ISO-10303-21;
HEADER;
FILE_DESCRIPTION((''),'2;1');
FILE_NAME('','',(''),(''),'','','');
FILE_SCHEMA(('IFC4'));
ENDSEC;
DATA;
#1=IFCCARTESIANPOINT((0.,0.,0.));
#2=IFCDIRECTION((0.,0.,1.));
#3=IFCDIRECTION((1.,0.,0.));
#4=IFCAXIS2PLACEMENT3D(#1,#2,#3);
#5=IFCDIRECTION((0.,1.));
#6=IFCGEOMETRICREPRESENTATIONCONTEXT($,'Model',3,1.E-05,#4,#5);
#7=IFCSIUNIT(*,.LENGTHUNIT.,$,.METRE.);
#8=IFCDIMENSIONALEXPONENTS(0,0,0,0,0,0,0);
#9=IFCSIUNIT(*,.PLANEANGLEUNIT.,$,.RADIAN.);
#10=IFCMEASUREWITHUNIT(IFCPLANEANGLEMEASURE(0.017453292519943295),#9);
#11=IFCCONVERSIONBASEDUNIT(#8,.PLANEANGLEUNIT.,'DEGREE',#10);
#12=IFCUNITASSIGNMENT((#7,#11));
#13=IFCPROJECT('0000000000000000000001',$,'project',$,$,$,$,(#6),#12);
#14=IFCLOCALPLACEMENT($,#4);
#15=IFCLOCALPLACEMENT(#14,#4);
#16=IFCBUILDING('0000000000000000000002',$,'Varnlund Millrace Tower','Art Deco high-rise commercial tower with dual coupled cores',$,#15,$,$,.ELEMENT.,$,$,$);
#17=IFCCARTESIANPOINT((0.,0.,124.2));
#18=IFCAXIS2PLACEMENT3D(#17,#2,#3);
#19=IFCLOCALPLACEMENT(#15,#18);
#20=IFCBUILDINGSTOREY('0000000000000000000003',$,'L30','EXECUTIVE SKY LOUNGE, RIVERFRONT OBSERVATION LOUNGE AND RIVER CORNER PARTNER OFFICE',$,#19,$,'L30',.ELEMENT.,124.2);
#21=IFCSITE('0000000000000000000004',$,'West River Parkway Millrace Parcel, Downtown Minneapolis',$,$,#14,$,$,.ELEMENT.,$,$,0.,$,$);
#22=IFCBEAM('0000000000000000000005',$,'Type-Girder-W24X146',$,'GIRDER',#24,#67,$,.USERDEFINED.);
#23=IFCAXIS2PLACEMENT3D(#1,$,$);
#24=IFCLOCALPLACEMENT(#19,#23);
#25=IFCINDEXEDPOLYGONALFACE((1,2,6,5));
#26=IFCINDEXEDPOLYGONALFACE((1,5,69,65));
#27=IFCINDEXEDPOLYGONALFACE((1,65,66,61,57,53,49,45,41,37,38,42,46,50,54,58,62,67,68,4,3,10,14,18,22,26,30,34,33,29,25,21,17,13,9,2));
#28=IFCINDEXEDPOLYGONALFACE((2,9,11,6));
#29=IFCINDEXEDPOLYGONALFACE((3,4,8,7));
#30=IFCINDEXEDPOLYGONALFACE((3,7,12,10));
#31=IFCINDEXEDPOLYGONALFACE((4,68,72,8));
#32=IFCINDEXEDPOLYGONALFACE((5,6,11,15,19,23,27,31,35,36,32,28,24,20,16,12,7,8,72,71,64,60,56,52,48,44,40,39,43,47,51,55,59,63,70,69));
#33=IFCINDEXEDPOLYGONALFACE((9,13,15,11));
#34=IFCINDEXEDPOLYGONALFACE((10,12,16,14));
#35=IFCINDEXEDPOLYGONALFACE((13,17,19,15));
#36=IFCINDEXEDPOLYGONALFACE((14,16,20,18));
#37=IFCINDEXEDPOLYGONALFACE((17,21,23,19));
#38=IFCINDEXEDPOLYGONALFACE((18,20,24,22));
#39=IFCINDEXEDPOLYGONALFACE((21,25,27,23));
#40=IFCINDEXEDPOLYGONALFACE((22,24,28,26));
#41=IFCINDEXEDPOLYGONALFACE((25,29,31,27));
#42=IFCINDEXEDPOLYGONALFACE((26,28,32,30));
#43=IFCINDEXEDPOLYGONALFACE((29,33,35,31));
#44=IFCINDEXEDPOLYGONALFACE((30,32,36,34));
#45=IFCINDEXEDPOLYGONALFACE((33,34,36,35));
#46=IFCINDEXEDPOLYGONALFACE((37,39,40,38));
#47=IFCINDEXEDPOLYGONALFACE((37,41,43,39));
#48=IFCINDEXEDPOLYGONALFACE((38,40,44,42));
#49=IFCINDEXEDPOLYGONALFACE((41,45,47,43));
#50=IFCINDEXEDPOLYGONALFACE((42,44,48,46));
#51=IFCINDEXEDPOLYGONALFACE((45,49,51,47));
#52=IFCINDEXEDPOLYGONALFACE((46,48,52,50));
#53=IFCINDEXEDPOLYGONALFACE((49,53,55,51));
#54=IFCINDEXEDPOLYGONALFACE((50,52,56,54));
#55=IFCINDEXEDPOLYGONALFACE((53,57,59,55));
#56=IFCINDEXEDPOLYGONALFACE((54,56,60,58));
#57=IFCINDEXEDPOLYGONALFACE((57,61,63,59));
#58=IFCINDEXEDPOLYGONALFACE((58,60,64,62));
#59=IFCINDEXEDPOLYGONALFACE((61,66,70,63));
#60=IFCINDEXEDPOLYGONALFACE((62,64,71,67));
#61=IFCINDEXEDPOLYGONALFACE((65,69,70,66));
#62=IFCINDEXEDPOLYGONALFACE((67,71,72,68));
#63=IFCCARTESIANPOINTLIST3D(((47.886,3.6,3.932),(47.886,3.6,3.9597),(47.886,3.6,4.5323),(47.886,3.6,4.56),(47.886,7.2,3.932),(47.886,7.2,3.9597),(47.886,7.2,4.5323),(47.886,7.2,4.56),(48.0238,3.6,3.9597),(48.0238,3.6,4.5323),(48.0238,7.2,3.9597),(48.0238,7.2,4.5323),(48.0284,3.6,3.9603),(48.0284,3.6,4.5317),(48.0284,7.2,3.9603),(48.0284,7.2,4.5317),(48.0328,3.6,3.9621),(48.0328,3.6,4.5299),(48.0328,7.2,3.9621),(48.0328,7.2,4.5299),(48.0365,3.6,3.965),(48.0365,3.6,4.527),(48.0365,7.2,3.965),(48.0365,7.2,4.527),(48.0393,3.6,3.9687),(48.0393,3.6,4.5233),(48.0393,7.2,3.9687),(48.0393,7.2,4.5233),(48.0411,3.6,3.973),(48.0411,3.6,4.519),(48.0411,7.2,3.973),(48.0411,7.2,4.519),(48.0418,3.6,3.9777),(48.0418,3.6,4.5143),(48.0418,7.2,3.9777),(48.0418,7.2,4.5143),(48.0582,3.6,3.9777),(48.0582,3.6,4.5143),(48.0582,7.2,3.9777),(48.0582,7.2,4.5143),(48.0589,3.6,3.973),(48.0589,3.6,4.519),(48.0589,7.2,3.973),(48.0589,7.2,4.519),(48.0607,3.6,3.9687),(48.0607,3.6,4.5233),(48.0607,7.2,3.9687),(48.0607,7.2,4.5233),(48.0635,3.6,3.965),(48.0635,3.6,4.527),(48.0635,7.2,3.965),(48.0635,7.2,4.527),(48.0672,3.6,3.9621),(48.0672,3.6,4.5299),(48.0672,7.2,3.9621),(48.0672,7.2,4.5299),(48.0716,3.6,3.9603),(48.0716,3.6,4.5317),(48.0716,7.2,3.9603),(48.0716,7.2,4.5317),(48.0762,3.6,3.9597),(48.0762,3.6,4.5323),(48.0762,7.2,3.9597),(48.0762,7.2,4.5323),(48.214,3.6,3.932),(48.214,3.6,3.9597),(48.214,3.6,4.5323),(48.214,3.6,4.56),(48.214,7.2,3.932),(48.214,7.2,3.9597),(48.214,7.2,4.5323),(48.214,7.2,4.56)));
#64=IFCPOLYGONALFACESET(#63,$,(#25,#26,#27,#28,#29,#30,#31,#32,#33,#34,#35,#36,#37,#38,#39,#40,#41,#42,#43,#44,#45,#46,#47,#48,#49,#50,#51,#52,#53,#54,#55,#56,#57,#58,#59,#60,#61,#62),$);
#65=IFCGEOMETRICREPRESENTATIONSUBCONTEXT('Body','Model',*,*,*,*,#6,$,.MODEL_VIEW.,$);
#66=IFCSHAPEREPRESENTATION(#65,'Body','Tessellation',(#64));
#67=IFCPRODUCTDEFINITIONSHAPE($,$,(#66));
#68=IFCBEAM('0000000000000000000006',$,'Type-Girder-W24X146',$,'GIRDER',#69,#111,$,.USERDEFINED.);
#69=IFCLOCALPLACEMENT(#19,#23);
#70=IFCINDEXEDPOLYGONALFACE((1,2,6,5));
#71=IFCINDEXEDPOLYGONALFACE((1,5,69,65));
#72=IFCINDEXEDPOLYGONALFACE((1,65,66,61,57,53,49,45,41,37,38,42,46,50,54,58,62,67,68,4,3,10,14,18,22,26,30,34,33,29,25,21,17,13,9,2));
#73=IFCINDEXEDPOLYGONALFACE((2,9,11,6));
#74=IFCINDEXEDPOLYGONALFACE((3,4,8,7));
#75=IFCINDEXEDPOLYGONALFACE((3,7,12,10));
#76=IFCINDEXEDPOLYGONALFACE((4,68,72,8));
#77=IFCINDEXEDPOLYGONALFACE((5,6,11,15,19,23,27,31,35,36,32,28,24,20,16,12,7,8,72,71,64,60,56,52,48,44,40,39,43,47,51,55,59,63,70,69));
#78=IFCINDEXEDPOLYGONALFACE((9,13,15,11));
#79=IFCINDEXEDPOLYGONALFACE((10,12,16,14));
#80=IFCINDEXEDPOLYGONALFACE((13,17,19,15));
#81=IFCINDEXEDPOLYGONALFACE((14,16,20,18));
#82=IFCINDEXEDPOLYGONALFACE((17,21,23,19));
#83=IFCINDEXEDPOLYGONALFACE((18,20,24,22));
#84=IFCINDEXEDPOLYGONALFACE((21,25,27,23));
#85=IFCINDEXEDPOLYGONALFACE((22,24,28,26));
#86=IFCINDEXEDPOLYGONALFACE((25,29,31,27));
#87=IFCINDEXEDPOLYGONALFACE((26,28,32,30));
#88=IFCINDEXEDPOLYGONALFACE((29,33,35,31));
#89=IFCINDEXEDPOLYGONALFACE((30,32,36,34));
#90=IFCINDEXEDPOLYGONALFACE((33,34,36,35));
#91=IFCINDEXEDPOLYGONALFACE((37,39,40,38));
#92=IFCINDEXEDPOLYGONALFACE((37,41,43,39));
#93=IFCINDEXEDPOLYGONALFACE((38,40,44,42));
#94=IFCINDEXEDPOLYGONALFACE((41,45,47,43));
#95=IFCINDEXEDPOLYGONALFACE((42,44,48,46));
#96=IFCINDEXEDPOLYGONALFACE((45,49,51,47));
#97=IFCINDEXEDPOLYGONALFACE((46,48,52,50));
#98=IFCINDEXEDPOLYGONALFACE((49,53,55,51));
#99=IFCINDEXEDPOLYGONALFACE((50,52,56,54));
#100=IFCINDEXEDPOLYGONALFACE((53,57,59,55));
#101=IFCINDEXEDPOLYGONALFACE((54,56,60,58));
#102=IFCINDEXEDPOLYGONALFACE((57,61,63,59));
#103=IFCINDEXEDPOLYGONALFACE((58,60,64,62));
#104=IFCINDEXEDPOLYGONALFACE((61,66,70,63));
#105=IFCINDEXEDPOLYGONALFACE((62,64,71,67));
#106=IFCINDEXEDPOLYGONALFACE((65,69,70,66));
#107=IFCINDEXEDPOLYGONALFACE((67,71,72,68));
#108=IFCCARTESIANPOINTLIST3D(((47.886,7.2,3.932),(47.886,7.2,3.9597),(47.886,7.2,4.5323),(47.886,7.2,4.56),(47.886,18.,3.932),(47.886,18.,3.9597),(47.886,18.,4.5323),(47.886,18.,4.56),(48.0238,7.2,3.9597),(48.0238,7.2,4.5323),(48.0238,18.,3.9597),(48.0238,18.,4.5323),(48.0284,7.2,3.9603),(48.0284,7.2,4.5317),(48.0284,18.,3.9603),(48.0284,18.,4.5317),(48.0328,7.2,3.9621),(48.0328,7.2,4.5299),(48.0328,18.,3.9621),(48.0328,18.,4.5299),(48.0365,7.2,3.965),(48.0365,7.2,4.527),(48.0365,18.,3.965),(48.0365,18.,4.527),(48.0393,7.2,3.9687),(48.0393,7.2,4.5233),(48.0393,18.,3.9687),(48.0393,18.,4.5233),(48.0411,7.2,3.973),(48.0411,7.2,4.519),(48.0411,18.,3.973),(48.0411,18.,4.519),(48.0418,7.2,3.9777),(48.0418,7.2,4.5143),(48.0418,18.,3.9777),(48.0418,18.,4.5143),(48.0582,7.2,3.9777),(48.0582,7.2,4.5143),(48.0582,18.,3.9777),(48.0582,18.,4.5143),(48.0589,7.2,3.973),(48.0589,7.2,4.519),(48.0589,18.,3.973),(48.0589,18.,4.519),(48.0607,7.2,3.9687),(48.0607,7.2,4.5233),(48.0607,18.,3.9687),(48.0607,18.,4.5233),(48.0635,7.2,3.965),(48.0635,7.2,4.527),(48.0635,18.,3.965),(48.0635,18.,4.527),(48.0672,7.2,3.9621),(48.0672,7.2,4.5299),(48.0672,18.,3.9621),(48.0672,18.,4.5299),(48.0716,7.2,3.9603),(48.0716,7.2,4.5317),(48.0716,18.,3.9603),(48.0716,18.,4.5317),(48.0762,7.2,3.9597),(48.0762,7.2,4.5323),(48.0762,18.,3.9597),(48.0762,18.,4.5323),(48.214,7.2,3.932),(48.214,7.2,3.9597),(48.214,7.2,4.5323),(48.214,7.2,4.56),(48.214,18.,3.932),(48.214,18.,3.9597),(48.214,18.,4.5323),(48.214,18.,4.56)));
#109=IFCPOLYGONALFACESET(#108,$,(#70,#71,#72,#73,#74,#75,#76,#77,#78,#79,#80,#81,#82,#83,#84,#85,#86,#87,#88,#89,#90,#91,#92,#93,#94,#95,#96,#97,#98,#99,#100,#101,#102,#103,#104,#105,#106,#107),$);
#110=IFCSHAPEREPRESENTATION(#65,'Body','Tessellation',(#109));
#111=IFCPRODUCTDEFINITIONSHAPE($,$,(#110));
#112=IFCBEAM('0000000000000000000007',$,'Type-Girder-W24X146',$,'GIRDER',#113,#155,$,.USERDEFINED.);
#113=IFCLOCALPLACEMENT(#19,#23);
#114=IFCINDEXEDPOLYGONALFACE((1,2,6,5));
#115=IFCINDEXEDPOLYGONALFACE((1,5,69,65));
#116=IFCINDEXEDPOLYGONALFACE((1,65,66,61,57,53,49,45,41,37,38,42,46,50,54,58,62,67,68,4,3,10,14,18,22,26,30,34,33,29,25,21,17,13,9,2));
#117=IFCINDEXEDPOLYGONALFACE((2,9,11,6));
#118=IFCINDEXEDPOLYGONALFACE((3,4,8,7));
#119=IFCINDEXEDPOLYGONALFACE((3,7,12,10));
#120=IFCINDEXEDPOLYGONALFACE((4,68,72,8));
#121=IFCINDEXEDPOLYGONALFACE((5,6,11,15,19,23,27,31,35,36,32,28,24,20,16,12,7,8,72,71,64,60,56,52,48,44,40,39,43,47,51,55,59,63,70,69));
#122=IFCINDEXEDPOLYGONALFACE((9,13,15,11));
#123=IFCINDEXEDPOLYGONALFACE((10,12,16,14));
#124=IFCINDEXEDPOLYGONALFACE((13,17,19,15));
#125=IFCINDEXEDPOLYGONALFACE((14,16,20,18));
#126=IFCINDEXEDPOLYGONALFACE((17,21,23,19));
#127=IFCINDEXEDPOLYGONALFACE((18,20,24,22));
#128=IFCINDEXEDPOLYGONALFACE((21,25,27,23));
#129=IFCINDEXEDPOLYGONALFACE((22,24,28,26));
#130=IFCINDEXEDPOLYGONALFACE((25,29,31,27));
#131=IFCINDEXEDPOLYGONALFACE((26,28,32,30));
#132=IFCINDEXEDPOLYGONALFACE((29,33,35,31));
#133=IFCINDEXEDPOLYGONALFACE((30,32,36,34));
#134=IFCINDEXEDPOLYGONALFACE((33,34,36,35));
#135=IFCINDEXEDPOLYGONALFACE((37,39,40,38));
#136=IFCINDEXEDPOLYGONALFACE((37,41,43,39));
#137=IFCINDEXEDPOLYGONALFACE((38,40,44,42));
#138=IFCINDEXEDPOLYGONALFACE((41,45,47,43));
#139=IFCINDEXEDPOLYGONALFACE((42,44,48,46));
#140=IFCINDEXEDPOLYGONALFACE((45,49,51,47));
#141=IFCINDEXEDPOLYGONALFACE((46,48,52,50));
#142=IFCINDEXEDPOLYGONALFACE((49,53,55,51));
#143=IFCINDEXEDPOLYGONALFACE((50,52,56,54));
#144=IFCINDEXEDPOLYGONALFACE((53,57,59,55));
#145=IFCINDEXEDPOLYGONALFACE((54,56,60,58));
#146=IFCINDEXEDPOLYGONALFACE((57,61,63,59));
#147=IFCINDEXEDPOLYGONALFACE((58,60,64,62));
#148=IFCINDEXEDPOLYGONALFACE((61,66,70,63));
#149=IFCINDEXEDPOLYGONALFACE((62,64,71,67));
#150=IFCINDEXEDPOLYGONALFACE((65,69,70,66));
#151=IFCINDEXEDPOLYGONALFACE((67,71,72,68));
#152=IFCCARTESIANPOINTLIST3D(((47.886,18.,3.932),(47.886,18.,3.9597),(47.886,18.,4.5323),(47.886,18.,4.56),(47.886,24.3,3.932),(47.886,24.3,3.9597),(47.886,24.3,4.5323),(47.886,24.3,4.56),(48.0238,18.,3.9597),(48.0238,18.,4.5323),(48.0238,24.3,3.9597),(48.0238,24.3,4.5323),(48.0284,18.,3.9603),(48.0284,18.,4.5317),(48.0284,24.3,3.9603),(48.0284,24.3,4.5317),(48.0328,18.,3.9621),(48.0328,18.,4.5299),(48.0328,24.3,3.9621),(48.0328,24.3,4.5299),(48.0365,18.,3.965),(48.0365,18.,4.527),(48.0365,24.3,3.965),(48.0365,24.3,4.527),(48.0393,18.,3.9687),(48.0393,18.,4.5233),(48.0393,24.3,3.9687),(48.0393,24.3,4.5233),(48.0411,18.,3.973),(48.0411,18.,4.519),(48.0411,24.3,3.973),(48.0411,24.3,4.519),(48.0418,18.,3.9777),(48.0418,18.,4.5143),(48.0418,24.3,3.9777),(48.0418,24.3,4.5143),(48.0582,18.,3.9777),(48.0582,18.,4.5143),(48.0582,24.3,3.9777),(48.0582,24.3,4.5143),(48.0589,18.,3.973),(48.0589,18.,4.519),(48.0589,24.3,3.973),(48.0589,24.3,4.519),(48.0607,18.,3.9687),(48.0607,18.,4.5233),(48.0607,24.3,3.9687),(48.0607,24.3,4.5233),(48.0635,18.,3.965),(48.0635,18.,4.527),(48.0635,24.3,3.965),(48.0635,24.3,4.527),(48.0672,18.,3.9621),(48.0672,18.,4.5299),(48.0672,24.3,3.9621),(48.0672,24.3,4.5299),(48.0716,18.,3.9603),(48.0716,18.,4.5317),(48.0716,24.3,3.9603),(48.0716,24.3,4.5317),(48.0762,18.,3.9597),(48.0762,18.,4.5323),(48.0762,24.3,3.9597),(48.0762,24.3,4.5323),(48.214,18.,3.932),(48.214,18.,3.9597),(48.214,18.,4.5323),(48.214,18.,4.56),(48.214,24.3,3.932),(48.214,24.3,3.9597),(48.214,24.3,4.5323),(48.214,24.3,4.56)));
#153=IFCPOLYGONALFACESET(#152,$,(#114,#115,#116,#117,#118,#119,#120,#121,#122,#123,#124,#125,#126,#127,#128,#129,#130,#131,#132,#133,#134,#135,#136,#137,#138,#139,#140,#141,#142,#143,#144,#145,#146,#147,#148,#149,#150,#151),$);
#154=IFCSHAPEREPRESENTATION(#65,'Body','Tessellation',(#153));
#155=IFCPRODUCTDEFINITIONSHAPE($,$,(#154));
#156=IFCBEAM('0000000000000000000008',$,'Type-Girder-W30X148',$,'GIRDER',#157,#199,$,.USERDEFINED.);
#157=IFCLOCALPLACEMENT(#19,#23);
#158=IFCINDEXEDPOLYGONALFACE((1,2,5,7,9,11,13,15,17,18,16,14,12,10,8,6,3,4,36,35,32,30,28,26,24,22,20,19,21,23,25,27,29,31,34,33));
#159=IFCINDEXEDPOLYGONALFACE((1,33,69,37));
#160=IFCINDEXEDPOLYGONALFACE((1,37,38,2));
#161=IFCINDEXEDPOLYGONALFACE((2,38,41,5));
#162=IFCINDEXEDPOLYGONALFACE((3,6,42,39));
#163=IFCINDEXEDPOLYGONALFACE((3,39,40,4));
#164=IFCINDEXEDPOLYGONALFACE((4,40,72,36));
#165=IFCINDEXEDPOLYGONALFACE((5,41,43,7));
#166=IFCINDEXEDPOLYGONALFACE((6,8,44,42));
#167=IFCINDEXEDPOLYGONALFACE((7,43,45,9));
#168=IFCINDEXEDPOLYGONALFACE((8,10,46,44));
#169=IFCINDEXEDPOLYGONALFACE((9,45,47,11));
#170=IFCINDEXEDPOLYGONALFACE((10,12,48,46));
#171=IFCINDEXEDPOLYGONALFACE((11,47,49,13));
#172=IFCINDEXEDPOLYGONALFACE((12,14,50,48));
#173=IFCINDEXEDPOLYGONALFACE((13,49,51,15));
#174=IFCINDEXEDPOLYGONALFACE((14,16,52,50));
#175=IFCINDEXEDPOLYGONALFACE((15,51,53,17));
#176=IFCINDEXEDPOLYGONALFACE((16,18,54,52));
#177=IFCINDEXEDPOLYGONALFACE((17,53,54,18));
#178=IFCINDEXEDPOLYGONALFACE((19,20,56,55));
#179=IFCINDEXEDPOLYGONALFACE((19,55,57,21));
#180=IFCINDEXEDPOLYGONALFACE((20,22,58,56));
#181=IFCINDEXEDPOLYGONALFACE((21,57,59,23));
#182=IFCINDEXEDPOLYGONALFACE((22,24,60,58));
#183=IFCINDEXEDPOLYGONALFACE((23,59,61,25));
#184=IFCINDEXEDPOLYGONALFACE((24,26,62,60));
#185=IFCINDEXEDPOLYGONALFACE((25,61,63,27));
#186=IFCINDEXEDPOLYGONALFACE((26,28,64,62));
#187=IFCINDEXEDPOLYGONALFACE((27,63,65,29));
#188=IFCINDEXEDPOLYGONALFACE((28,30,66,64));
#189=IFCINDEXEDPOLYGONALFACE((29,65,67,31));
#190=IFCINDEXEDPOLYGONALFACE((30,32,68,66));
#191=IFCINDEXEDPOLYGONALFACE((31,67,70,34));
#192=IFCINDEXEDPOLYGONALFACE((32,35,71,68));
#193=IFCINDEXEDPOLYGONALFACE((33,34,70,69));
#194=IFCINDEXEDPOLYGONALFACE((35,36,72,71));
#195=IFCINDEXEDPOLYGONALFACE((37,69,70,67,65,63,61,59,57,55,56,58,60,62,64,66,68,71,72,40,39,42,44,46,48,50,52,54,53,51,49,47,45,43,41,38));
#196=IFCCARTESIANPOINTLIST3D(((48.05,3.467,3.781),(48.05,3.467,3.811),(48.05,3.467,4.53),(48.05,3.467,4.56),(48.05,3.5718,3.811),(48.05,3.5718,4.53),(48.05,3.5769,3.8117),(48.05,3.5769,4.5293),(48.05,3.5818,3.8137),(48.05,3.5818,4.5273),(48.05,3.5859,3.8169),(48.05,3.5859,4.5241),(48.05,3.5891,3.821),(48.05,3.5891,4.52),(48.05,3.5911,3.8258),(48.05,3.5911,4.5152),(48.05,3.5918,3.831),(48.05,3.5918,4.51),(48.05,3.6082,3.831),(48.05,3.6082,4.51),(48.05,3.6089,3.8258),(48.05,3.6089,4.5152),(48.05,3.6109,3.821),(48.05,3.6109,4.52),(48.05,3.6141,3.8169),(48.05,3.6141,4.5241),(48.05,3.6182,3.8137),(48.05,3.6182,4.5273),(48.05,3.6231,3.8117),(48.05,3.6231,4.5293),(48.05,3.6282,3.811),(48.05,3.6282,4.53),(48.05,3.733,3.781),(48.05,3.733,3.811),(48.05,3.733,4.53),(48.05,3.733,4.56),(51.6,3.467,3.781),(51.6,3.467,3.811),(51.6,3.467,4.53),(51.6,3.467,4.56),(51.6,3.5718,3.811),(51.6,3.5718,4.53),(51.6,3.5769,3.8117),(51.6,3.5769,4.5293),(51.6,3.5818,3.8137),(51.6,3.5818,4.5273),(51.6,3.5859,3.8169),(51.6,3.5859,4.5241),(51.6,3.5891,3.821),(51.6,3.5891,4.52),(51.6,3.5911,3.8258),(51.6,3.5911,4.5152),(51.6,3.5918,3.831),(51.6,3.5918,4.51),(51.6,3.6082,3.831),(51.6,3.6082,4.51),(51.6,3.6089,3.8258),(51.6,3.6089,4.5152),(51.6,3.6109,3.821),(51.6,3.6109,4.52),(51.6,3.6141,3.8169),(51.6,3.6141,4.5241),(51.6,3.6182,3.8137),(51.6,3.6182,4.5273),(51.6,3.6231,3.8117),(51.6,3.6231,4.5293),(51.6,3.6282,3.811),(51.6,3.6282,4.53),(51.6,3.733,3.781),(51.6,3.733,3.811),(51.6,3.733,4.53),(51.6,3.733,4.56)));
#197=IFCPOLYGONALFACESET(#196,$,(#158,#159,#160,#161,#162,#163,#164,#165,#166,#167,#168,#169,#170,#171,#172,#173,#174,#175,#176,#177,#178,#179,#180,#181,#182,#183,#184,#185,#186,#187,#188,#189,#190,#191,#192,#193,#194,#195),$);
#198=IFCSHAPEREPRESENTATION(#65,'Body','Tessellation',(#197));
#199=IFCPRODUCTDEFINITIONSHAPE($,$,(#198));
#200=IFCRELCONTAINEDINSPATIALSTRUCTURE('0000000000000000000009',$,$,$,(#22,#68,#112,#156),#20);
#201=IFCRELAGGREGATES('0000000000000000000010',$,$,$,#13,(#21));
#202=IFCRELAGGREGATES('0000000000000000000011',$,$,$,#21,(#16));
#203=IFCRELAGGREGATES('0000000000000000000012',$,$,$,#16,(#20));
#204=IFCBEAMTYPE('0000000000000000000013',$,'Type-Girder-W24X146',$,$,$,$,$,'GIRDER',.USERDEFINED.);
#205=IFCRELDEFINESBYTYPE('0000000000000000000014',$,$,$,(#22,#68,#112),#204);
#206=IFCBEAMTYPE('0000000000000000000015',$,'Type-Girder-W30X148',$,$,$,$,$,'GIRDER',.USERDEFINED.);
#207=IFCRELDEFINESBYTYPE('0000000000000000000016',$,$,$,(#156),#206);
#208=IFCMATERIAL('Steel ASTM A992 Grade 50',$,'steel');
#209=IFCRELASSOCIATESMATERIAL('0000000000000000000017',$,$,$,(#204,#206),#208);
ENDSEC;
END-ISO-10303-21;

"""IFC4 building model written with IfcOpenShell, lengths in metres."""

from ifc_helpers import new_model, entity, si_unit, converted_unit, direction, frame, origin_with_axes, origin_2d_with_axis, place, context, subcontext, project, spatial, i_section, extrude, material, material_profile, profile_set, type_object, element, save


model = new_model("IFC4")

# Units and contexts
model_context = context("Model", 3, precision=1e-05, world=origin_with_axes(), true_north=direction((0.0, 1.0)))
body_context = subcontext(model_context, "Body", "Model", "MODEL_VIEW")
ifc_project = project(units=[si_unit("LENGTHUNIT", "METRE"), converted_unit("PLANEANGLEUNIT", "DEGREE", entity("IfcPlaneAngleMeasure", 0.017453292519943295), si_unit("PLANEANGLEUNIT", "RADIAN"), dimensions=[0, 0, 0, 0, 0, 0, 0])], contexts=[model_context])

# Site, building, storey
site_placement = place(None, origin_with_axes())
site = spatial("IfcSite", under=ifc_project, at=site_placement, Name="West River Parkway Millrace Parcel, Downtown Minneapolis", CompositionType="ELEMENT", RefElevation=0.0)
building_placement = place(site_placement, origin_with_axes())
building = spatial("IfcBuilding", under=site, at=building_placement, Name="Varnlund Millrace Tower", Description="Art Deco high-rise commercial tower with dual coupled cores", CompositionType="ELEMENT")
storey_placement = place(building_placement, frame((0.0, 0.0, 124.2), z_axis=(0.0, 0.0, 1.0), x_axis=(1.0, 0.0, 0.0)))
storey = spatial("IfcBuildingStorey", under=building, at=storey_placement, Name="L30", Description="EXECUTIVE SKY LOUNGE, RIVERFRONT OBSERVATION LOUNGE AND RIVER CORNER PARTNER OFFICE", LongName="L30", CompositionType="ELEMENT", Elevation=124.2)

# Beams
ifc_material_1 = material(Name="Steel ASTM A992 Grade 50", Category="steel")
ifc_material_profile_1 = material_profile(ifc_material_1, i_section(OverallWidth=0.328, OverallDepth=0.628, WebThickness=0.0165, FlangeThickness=0.0277, FilletRadius=0.018, at=origin_2d_with_axis()), Name="Steel ASTM A992 Grade 50")
ifc_profile_set_1 = profile_set([ifc_material_profile_1], Name="Steel ASTM A992 Grade 50")
beam_type_1 = type_object("IfcBeamType", Name="Type-Girder-W24X146", ElementType="GIRDER", PredefinedType="USERDEFINED", material=ifc_profile_set_1)
beam_1_placement = place(storey_placement, frame((48.05, 3.6, 4.246), z_axis=(0.0, 1.0, 0.0), x_axis=(-1.0, 0.0, 0.0)))
element("IfcBeam", 1, at=beam_1_placement, inside=storey, type_object=beam_type_1, Name="Type-Girder-W24X146", ObjectType="GIRDER", PredefinedType="USERDEFINED", context=body_context, shape_type="SweptSolid", body=[
    extrude(i_section(OverallWidth=0.328, OverallDepth=0.628, WebThickness=0.0165, FlangeThickness=0.0277, FilletRadius=0.018, at=origin_2d_with_axis()), origin_with_axes(), (0.0, 0.0, 1.0), 3.6),
])
beam_2_placement = place(storey_placement, frame((48.05, 7.2, 4.246), z_axis=(0.0, 1.0, 0.0), x_axis=(-1.0, 0.0, 0.0)))
element("IfcBeam", 2, at=beam_2_placement, inside=storey, type_object=beam_type_1, Name="Type-Girder-W24X146", ObjectType="GIRDER", PredefinedType="USERDEFINED", context=body_context, shape_type="SweptSolid", body=[
    extrude(i_section(OverallWidth=0.328, OverallDepth=0.628, WebThickness=0.0165, FlangeThickness=0.0277, FilletRadius=0.018, at=origin_2d_with_axis()), origin_with_axes(), (0.0, 0.0, 1.0), 10.8),
])
beam_3_placement = place(storey_placement, frame((48.05, 18.0, 4.246), z_axis=(0.0, 1.0, 0.0), x_axis=(-1.0, 0.0, 0.0)))
element("IfcBeam", 3, at=beam_3_placement, inside=storey, type_object=beam_type_1, Name="Type-Girder-W24X146", ObjectType="GIRDER", PredefinedType="USERDEFINED", context=body_context, shape_type="SweptSolid", body=[
    extrude(i_section(OverallWidth=0.328, OverallDepth=0.628, WebThickness=0.0165, FlangeThickness=0.0277, FilletRadius=0.018, at=origin_2d_with_axis()), origin_with_axes(), (0.0, 0.0, 1.0), 6.3),
])
ifc_material_profile_2 = material_profile(ifc_material_1, i_section(OverallWidth=0.266, OverallDepth=0.779, WebThickness=0.0165, FlangeThickness=0.03, FilletRadius=0.02, at=origin_2d_with_axis()), Name="Steel ASTM A992 Grade 50")
ifc_profile_set_2 = profile_set([ifc_material_profile_2], Name="Steel ASTM A992 Grade 50")
beam_type_2 = type_object("IfcBeamType", Name="Type-Girder-W30X148", ElementType="GIRDER", PredefinedType="USERDEFINED", material=ifc_profile_set_2)
beam_4_placement = place(storey_placement, frame((48.05, 3.6, 4.1705), z_axis=(1.0, 0.0, 0.0), x_axis=(0.0, 1.0, 0.0)))
element("IfcBeam", 4, at=beam_4_placement, inside=storey, type_object=beam_type_2, Name="Type-Girder-W30X148", ObjectType="GIRDER", PredefinedType="USERDEFINED", context=body_context, shape_type="SweptSolid", body=[
    extrude(i_section(OverallWidth=0.266, OverallDepth=0.779, WebThickness=0.0165, FlangeThickness=0.03, FilletRadius=0.02, at=origin_2d_with_axis()), origin_with_axes(), (0.0, 0.0, 1.0), 3.55),
])

save(model, "model.ifc")
